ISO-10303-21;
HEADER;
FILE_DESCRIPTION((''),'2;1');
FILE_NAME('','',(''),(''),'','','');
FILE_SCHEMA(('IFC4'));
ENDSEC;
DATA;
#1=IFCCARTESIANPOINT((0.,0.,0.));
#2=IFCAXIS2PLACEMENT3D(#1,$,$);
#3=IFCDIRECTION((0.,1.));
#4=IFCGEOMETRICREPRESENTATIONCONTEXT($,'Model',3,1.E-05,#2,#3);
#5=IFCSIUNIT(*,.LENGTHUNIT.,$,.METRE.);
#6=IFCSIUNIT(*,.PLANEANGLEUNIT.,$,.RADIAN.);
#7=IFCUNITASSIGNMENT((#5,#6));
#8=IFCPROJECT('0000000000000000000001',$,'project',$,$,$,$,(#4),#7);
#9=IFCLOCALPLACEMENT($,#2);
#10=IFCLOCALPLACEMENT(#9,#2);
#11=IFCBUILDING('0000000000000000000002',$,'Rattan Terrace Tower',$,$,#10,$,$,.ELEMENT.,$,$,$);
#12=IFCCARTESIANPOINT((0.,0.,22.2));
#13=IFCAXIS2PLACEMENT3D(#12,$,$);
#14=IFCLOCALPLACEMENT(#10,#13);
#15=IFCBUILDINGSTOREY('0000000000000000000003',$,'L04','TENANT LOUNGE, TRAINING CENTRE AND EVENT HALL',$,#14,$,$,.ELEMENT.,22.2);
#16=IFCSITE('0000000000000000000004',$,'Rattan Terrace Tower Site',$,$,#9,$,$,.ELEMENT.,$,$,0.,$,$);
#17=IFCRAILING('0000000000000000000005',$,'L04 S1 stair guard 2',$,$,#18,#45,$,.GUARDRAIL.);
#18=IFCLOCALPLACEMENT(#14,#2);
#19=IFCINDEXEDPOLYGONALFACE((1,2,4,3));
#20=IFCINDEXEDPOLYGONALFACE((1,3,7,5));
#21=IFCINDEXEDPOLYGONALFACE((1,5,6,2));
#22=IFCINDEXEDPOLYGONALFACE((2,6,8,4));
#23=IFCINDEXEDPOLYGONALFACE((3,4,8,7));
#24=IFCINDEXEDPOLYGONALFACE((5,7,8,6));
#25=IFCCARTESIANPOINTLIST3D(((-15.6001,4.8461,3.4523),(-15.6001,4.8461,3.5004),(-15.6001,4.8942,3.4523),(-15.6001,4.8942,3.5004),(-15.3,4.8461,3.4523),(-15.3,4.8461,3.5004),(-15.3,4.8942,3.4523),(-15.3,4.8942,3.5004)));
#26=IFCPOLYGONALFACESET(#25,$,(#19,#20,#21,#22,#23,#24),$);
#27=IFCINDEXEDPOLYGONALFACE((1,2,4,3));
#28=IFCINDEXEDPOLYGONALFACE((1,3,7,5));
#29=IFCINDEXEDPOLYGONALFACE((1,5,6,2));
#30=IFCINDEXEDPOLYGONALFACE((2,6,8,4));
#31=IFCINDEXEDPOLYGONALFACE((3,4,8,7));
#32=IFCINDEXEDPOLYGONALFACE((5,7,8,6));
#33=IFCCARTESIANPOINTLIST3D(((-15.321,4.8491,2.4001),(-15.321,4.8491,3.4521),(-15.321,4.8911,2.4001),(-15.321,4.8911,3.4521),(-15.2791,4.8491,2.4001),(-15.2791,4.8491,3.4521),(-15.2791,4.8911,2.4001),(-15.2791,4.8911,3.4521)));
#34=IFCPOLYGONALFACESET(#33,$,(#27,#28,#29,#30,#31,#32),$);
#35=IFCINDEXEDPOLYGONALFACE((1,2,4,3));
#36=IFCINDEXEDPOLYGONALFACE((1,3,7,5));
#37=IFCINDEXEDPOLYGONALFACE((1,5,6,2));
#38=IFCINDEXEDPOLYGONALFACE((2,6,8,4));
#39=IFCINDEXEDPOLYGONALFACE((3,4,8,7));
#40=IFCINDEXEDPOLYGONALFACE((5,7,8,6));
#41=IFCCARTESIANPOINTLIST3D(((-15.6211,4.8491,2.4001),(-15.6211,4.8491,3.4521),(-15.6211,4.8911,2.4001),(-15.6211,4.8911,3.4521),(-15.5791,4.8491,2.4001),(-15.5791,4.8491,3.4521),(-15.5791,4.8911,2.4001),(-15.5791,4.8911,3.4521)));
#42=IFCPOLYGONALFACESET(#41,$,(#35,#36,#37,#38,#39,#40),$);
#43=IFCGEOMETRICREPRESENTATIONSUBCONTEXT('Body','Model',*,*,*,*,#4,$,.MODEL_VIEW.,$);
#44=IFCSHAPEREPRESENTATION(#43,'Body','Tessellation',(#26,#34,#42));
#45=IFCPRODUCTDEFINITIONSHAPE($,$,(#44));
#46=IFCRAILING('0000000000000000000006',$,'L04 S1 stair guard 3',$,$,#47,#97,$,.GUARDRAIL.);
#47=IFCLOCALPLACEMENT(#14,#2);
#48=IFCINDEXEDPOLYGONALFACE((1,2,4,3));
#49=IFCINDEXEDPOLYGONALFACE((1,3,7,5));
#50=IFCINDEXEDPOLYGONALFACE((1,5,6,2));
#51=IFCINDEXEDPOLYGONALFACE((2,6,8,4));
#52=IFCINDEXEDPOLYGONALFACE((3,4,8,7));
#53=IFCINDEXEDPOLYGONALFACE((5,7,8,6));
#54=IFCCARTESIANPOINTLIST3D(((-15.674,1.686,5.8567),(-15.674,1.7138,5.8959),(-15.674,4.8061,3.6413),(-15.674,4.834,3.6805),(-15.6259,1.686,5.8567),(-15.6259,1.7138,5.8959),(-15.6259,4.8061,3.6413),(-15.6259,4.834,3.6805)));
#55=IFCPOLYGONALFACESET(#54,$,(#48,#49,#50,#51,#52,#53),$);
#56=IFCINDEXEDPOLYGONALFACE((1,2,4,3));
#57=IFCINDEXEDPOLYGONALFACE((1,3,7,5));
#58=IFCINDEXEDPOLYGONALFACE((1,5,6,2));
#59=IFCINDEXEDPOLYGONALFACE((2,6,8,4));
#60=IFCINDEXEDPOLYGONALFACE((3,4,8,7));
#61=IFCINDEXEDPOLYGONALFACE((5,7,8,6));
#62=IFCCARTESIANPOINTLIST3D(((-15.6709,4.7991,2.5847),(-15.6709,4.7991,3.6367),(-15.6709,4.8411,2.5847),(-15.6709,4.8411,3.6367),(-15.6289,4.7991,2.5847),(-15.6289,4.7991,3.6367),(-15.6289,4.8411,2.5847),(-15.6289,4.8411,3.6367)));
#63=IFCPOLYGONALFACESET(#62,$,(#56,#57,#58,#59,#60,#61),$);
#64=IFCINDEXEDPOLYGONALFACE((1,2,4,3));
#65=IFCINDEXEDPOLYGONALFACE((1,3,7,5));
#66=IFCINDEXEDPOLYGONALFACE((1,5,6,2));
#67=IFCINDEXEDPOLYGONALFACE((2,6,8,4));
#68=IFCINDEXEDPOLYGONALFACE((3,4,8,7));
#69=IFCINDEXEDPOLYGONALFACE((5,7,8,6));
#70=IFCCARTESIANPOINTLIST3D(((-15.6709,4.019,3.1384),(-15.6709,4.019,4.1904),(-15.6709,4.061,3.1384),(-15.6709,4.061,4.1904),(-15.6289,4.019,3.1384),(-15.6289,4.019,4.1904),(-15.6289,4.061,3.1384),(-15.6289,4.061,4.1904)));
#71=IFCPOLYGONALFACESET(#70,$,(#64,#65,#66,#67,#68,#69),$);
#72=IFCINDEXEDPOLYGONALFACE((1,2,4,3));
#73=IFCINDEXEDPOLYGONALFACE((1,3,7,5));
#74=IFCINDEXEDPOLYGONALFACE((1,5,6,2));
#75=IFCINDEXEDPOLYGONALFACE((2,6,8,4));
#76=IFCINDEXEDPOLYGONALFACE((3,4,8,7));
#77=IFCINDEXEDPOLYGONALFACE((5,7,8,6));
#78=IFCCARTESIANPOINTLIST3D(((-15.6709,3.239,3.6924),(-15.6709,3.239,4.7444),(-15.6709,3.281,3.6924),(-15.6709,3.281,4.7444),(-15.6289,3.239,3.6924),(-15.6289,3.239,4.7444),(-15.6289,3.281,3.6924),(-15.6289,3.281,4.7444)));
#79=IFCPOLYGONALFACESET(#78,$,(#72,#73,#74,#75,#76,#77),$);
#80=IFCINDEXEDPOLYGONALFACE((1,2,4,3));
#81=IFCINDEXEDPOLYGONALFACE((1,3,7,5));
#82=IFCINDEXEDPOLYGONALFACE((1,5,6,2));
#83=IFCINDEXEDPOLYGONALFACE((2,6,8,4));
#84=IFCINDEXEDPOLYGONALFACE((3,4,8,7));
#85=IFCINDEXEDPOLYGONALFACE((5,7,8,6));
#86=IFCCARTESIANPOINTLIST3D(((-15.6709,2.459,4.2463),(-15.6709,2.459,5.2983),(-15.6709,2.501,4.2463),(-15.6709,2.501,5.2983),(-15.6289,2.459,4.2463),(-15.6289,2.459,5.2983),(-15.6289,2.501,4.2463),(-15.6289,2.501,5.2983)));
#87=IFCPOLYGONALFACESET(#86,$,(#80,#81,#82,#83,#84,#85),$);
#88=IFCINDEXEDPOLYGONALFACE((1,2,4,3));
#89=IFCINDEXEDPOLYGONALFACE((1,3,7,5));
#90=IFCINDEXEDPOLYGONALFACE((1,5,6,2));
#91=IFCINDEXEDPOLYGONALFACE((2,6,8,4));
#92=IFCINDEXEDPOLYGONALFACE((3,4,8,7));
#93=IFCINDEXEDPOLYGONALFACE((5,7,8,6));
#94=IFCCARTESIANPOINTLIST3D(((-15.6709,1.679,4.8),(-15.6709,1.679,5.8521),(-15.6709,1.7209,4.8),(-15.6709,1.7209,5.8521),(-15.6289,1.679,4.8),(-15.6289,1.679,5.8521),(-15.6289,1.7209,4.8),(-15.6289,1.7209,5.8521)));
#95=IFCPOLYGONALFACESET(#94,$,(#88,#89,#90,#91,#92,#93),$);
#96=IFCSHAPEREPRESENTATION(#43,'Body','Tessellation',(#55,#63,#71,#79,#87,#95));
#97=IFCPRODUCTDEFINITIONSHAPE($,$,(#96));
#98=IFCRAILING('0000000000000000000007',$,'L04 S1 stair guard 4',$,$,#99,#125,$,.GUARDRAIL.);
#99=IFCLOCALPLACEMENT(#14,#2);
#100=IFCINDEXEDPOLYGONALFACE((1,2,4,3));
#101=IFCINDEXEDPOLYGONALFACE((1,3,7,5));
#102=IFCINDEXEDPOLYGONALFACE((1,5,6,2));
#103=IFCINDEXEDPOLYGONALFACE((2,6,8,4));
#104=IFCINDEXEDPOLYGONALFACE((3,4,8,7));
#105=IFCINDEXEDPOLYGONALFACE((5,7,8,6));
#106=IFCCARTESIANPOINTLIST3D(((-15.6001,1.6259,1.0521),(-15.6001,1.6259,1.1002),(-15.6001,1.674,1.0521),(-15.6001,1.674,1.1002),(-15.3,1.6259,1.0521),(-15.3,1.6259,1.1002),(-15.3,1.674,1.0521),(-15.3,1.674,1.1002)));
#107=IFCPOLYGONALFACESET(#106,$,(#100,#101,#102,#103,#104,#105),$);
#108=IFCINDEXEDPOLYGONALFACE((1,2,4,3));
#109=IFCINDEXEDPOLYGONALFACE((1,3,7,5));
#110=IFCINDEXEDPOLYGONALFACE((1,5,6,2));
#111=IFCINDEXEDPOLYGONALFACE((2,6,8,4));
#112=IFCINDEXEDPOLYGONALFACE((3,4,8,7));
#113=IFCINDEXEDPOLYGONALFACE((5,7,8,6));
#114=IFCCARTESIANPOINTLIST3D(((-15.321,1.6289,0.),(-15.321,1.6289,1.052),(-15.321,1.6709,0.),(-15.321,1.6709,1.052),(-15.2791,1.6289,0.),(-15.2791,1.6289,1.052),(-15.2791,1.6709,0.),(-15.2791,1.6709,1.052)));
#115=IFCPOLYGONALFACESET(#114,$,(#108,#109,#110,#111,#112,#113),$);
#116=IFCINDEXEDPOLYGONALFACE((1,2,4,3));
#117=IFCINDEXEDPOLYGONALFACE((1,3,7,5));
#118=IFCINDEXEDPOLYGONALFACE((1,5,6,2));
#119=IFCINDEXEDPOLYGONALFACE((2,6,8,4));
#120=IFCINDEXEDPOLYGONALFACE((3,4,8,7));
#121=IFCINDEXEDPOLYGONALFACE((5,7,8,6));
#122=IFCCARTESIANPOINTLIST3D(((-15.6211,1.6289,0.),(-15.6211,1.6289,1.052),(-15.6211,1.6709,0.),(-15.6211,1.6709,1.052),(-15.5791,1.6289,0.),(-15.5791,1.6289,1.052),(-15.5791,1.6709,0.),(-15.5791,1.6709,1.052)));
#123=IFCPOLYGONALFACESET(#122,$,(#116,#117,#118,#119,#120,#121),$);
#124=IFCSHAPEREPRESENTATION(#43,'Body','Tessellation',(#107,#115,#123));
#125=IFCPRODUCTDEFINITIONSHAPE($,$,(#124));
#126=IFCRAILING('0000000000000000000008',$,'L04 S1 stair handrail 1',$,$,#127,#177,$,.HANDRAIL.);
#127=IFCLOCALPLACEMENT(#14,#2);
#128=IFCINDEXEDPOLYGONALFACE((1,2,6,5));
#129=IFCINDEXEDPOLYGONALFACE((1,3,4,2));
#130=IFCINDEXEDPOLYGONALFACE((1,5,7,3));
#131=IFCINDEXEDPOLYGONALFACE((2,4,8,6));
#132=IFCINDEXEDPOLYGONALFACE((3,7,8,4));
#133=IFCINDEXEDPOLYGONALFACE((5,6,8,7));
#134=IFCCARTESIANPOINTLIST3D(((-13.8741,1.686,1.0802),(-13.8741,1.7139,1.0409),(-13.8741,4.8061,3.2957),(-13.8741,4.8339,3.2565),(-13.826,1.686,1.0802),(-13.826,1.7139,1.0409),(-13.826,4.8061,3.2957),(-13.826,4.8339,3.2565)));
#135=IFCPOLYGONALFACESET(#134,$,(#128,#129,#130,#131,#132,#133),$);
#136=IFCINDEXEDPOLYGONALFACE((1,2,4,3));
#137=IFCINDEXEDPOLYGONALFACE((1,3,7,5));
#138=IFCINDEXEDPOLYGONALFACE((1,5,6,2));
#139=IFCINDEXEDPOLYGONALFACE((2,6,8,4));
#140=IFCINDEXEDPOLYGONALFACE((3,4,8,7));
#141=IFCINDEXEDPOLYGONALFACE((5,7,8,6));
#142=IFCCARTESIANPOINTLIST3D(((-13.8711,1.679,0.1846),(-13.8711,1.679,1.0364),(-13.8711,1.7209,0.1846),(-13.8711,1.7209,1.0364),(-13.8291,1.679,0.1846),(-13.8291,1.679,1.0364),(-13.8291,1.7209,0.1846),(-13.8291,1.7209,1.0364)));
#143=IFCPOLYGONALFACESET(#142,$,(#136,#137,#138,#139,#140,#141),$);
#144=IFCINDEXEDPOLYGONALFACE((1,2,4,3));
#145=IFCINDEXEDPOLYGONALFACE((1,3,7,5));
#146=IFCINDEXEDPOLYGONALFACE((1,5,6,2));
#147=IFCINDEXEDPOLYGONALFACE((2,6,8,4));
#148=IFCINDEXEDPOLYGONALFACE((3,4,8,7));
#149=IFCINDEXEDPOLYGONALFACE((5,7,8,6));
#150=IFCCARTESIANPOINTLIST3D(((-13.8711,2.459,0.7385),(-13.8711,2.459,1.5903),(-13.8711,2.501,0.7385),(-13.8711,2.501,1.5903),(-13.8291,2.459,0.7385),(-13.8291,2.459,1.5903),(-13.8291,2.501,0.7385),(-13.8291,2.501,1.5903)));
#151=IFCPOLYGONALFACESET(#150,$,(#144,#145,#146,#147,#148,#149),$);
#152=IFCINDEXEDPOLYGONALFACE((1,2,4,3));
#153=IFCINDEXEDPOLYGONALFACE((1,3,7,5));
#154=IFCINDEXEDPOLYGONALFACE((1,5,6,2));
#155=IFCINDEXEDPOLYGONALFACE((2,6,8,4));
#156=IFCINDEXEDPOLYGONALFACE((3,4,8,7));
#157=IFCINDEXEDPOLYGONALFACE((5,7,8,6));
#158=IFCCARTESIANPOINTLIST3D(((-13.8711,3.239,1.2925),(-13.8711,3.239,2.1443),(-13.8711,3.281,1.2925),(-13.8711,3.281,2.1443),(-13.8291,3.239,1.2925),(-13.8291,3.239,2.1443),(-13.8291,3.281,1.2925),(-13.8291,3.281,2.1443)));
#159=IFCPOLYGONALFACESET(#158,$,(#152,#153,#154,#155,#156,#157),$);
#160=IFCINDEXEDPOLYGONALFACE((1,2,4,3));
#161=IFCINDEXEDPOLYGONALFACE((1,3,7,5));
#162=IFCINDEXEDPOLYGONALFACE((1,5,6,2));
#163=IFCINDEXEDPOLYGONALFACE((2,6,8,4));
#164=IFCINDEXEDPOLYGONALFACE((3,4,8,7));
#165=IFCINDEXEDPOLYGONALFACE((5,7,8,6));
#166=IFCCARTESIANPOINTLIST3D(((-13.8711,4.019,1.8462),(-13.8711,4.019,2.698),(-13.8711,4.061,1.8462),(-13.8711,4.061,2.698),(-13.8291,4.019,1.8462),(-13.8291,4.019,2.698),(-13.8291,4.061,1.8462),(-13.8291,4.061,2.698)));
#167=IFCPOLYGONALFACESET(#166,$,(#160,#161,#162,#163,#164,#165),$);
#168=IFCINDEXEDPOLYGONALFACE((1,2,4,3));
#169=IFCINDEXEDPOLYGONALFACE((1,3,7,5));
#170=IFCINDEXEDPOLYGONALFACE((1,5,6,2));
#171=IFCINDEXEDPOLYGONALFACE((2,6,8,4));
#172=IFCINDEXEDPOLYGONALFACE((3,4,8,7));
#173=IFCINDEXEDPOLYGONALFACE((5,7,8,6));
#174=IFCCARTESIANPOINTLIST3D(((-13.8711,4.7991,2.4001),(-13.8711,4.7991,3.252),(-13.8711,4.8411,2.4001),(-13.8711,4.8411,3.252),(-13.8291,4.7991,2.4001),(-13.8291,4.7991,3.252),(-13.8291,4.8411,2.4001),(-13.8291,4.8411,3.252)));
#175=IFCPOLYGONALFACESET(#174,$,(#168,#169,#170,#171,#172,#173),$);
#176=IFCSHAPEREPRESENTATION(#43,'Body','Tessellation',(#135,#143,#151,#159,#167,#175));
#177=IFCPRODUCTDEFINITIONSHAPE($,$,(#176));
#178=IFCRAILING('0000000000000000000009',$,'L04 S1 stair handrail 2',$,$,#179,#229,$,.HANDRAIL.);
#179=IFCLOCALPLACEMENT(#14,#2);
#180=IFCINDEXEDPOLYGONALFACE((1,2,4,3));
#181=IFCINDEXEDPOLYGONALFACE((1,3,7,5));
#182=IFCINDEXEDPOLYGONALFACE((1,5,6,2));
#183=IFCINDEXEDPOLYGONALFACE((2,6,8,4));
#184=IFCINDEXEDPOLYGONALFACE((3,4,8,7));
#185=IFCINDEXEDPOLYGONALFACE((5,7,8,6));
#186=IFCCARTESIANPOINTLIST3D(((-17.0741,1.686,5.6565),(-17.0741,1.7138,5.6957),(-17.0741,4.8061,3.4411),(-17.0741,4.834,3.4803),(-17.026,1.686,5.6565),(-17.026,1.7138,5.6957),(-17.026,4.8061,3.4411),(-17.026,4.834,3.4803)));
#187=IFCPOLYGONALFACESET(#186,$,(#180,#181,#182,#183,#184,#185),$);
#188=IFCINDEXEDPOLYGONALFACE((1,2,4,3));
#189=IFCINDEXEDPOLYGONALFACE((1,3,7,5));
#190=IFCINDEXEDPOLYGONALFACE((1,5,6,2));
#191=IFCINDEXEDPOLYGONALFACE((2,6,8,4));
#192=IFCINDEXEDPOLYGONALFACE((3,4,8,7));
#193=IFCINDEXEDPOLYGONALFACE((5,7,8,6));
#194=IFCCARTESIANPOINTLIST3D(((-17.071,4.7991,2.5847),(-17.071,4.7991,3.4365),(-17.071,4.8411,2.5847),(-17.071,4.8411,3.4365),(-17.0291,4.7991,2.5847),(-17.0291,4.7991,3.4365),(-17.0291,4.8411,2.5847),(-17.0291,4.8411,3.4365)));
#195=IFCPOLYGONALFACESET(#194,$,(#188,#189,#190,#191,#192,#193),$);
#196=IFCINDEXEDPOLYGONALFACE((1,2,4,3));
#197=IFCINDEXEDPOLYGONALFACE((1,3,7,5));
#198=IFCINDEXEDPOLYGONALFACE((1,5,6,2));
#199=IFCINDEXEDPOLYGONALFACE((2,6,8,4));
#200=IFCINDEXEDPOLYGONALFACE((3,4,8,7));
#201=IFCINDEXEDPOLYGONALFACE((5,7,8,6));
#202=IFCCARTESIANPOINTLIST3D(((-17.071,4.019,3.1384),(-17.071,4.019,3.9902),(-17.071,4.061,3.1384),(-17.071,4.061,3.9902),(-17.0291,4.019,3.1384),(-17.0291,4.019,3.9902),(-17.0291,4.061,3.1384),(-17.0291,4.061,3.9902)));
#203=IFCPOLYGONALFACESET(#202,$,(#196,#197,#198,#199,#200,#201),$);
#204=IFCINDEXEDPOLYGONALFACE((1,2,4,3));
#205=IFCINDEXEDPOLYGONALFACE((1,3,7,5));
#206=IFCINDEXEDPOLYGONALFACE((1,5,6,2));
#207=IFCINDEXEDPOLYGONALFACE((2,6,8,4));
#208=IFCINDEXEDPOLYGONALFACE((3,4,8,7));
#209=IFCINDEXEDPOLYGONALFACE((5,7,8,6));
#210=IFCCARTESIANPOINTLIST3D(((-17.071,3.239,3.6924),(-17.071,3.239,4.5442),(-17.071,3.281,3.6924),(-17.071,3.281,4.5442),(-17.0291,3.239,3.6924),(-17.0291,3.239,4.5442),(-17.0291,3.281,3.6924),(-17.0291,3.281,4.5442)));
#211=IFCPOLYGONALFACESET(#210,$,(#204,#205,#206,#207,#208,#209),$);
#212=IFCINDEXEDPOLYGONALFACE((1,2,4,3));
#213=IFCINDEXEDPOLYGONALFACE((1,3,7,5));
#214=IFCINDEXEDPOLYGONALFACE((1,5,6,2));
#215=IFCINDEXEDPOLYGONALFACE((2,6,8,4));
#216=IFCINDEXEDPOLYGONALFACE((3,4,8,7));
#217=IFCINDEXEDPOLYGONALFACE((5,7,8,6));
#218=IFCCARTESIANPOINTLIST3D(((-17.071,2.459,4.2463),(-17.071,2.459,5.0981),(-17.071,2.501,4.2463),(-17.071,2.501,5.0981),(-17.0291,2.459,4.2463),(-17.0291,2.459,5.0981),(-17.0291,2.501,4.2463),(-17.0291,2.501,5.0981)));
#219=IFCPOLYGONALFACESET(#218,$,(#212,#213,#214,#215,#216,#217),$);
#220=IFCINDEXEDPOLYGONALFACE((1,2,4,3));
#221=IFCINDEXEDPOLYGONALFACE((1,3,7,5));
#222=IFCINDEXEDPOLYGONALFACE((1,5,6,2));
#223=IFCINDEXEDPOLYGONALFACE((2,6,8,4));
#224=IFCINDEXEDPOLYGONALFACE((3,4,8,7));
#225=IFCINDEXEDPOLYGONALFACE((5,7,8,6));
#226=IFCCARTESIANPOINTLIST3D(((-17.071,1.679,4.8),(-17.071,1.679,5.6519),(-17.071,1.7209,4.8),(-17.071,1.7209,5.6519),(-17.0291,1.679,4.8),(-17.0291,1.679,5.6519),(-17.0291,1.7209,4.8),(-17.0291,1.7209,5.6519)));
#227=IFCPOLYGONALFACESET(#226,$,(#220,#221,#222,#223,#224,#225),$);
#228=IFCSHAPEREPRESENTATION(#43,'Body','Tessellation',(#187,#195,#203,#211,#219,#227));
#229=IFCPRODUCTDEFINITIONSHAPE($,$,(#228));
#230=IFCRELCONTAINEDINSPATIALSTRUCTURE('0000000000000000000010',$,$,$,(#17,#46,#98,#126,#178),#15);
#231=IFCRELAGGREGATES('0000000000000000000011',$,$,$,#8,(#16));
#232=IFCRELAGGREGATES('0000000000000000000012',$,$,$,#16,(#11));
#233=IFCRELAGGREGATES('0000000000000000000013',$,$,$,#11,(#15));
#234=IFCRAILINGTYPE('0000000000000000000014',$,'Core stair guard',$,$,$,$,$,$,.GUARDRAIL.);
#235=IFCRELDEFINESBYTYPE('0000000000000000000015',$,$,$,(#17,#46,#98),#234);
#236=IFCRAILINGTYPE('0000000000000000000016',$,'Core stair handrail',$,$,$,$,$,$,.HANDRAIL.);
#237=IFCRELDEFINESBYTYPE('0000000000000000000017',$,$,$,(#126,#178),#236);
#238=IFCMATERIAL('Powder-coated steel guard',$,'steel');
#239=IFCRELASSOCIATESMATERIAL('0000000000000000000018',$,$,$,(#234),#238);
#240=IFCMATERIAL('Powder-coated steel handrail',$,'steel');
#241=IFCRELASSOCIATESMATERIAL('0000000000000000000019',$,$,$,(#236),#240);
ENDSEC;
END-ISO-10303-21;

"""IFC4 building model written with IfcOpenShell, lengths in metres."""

from ifc_helpers import new_model, si_unit, direction, frame, origin, origin_2d, place, context, subcontext, project, spatial, rectangle, extrude, material, type_object, element, save


model = new_model("IFC4")

# Units and contexts
model_context = context("Model", 3, precision=1e-05, world=origin(), true_north=direction((0.0, 1.0)))
body_context = subcontext(model_context, "Body", "Model", "MODEL_VIEW")
ifc_project = project(units=[si_unit("LENGTHUNIT", "METRE"), si_unit("PLANEANGLEUNIT", "RADIAN")], contexts=[model_context])

# Site, building, storey
site_placement = place(None, origin())
site = spatial("IfcSite", under=ifc_project, at=site_placement, Name="Rattan Terrace Tower Site", CompositionType="ELEMENT", RefElevation=0.0)
building_placement = place(site_placement, origin())
building = spatial("IfcBuilding", under=site, at=building_placement, Name="Rattan Terrace Tower", CompositionType="ELEMENT")
storey_placement = place(building_placement, frame((0.0, 0.0, 22.2)))
storey = spatial("IfcBuildingStorey", under=building, at=storey_placement, Name="L04", Description="TENANT LOUNGE, TRAINING CENTRE AND EVENT HALL", CompositionType="ELEMENT", Elevation=22.2)

# Railings
ifc_material_1 = material(Name="Powder-coated steel guard", Category="steel")
railing_type_1 = type_object("IfcRailingType", Name="Core stair guard", PredefinedType="GUARDRAIL", material=ifc_material_1)
railing_1_placement = place(storey_placement, frame((-15.3, 4.8701, 2.4001)))
element("IfcRailing", 1, at=railing_1_placement, inside=storey, type_object=railing_type_1, Name="L04 S1 stair guard 2", PredefinedType="GUARDRAIL", context=body_context, shape_type="SweptSolid", body=[
    extrude(rectangle(XDim=0.0481, YDim=0.0481, at=origin_2d()), frame((0.0, 0.0, 1.0762), z_axis=(-1.0, 0.0, 0.0), x_axis=(0.0, -1.0, 0.0)), (0.0, 0.0, 1.0), 0.3),
    extrude(rectangle(XDim=0.042, YDim=0.042, at=origin_2d()), origin(), (0.0, 0.0, 1.0), 1.052),
    extrude(rectangle(XDim=0.042, YDim=0.042, at=origin_2d()), frame((-0.3, 0.0, 0.0)), (0.0, 0.0, 1.0), 1.052),
])
railing_2_placement = place(storey_placement, frame((-15.6499, 4.8201, 2.5847)))
element("IfcRailing", 2, at=railing_2_placement, inside=storey, type_object=railing_type_1, Name="L04 S1 stair guard 3", PredefinedType="GUARDRAIL", context=body_context, shape_type="SweptSolid", body=[
    extrude(rectangle(XDim=0.0481, YDim=0.0481, at=origin_2d()), frame((0.0, 0.0, 1.0762), z_axis=(0.0, -0.815377, 0.57893), x_axis=(1.0, 0.0, 0.0)), (0.0, 0.0, 1.0), 3.8267),
    extrude(rectangle(XDim=0.042, YDim=0.042, at=origin_2d()), origin(), (0.0, 0.0, 1.0), 1.052),
    extrude(rectangle(XDim=0.042, YDim=0.042, at=origin_2d()), frame((0.0, -0.78, 0.5537)), (0.0, 0.0, 1.0), 1.052),
    extrude(rectangle(XDim=0.042, YDim=0.042, at=origin_2d()), frame((0.0, -1.5601, 1.1077)), (0.0, 0.0, 1.0), 1.052),
    extrude(rectangle(XDim=0.042, YDim=0.042, at=origin_2d()), frame((0.0, -2.3401, 1.6616)), (0.0, 0.0, 1.0), 1.052),
    extrude(rectangle(XDim=0.042, YDim=0.042, at=origin_2d()), frame((0.0, -3.1201, 2.2153)), (0.0, 0.0, 1.0), 1.052),
])
railing_3_placement = place(storey_placement, frame((-15.3, 1.6499, 0.0)))
element("IfcRailing", 3, at=railing_3_placement, inside=storey, type_object=railing_type_1, Name="L04 S1 stair guard 4", PredefinedType="GUARDRAIL", context=body_context, shape_type="SweptSolid", body=[
    extrude(rectangle(XDim=0.0481, YDim=0.0481, at=origin_2d()), frame((0.0, 0.0, 1.0762), z_axis=(-1.0, 0.0, 0.0), x_axis=(0.0, -1.0, 0.0)), (0.0, 0.0, 1.0), 0.3),
    extrude(rectangle(XDim=0.042, YDim=0.042, at=origin_2d()), origin(), (0.0, 0.0, 1.0), 1.052),
    extrude(rectangle(XDim=0.042, YDim=0.042, at=origin_2d()), frame((-0.3, 0.0, 0.0)), (0.0, 0.0, 1.0), 1.052),
])
ifc_material_2 = material(Name="Powder-coated steel handrail", Category="steel")
railing_type_2 = type_object("IfcRailingType", Name="Core stair handrail", PredefinedType="HANDRAIL", material=ifc_material_2)
railing_4_placement = place(storey_placement, frame((-13.8501, 1.7, 0.1846)))
element("IfcRailing", 4, at=railing_4_placement, inside=storey, type_object=railing_type_2, Name="L04 S1 stair handrail 1", PredefinedType="HANDRAIL", context=body_context, shape_type="SweptSolid", body=[
    extrude(rectangle(XDim=0.0481, YDim=0.0481, at=origin_2d()), frame((0.0, 0.0, 0.876), z_axis=(0.0, 0.815347, 0.578973), x_axis=(-1.0, 0.0, 0.0)), (0.0, 0.0, 1.0), 3.8267),
    extrude(rectangle(XDim=0.042, YDim=0.042, at=origin_2d()), origin(), (0.0, 0.0, 1.0), 0.8518),
    extrude(rectangle(XDim=0.042, YDim=0.042, at=origin_2d()), frame((0.0, 0.78, 0.554)), (0.0, 0.0, 1.0), 0.8518),
    extrude(rectangle(XDim=0.042, YDim=0.042, at=origin_2d()), frame((0.0, 1.5601, 1.1079)), (0.0, 0.0, 1.0), 0.8518),
    extrude(rectangle(XDim=0.042, YDim=0.042, at=origin_2d()), frame((0.0, 2.3401, 1.6616)), (0.0, 0.0, 1.0), 0.8518),
    extrude(rectangle(XDim=0.042, YDim=0.042, at=origin_2d()), frame((0.0, 3.1201, 2.2156)), (0.0, 0.0, 1.0), 0.8518),
])
railing_5_placement = place(storey_placement, frame((-17.05, 4.8201, 2.5847)))
element("IfcRailing", 5, at=railing_5_placement, inside=storey, type_object=railing_type_2, Name="L04 S1 stair handrail 2", PredefinedType="HANDRAIL", context=body_context, shape_type="SweptSolid", body=[
    extrude(rectangle(XDim=0.0481, YDim=0.0481, at=origin_2d()), frame((0.0, 0.0, 0.876), z_axis=(0.0, -0.815377, 0.57893), x_axis=(1.0, 0.0, 0.0)), (0.0, 0.0, 1.0), 3.8267),
    extrude(rectangle(XDim=0.042, YDim=0.042, at=origin_2d()), origin(), (0.0, 0.0, 1.0), 0.8518),
    extrude(rectangle(XDim=0.042, YDim=0.042, at=origin_2d()), frame((0.0, -0.78, 0.5537)), (0.0, 0.0, 1.0), 0.8518),
    extrude(rectangle(XDim=0.042, YDim=0.042, at=origin_2d()), frame((0.0, -1.5601, 1.1077)), (0.0, 0.0, 1.0), 0.8518),
    extrude(rectangle(XDim=0.042, YDim=0.042, at=origin_2d()), frame((0.0, -2.3401, 1.6616)), (0.0, 0.0, 1.0), 0.8518),
    extrude(rectangle(XDim=0.042, YDim=0.042, at=origin_2d()), frame((0.0, -3.1201, 2.2153)), (0.0, 0.0, 1.0), 0.8518),
])

save(model, "model.ifc")
